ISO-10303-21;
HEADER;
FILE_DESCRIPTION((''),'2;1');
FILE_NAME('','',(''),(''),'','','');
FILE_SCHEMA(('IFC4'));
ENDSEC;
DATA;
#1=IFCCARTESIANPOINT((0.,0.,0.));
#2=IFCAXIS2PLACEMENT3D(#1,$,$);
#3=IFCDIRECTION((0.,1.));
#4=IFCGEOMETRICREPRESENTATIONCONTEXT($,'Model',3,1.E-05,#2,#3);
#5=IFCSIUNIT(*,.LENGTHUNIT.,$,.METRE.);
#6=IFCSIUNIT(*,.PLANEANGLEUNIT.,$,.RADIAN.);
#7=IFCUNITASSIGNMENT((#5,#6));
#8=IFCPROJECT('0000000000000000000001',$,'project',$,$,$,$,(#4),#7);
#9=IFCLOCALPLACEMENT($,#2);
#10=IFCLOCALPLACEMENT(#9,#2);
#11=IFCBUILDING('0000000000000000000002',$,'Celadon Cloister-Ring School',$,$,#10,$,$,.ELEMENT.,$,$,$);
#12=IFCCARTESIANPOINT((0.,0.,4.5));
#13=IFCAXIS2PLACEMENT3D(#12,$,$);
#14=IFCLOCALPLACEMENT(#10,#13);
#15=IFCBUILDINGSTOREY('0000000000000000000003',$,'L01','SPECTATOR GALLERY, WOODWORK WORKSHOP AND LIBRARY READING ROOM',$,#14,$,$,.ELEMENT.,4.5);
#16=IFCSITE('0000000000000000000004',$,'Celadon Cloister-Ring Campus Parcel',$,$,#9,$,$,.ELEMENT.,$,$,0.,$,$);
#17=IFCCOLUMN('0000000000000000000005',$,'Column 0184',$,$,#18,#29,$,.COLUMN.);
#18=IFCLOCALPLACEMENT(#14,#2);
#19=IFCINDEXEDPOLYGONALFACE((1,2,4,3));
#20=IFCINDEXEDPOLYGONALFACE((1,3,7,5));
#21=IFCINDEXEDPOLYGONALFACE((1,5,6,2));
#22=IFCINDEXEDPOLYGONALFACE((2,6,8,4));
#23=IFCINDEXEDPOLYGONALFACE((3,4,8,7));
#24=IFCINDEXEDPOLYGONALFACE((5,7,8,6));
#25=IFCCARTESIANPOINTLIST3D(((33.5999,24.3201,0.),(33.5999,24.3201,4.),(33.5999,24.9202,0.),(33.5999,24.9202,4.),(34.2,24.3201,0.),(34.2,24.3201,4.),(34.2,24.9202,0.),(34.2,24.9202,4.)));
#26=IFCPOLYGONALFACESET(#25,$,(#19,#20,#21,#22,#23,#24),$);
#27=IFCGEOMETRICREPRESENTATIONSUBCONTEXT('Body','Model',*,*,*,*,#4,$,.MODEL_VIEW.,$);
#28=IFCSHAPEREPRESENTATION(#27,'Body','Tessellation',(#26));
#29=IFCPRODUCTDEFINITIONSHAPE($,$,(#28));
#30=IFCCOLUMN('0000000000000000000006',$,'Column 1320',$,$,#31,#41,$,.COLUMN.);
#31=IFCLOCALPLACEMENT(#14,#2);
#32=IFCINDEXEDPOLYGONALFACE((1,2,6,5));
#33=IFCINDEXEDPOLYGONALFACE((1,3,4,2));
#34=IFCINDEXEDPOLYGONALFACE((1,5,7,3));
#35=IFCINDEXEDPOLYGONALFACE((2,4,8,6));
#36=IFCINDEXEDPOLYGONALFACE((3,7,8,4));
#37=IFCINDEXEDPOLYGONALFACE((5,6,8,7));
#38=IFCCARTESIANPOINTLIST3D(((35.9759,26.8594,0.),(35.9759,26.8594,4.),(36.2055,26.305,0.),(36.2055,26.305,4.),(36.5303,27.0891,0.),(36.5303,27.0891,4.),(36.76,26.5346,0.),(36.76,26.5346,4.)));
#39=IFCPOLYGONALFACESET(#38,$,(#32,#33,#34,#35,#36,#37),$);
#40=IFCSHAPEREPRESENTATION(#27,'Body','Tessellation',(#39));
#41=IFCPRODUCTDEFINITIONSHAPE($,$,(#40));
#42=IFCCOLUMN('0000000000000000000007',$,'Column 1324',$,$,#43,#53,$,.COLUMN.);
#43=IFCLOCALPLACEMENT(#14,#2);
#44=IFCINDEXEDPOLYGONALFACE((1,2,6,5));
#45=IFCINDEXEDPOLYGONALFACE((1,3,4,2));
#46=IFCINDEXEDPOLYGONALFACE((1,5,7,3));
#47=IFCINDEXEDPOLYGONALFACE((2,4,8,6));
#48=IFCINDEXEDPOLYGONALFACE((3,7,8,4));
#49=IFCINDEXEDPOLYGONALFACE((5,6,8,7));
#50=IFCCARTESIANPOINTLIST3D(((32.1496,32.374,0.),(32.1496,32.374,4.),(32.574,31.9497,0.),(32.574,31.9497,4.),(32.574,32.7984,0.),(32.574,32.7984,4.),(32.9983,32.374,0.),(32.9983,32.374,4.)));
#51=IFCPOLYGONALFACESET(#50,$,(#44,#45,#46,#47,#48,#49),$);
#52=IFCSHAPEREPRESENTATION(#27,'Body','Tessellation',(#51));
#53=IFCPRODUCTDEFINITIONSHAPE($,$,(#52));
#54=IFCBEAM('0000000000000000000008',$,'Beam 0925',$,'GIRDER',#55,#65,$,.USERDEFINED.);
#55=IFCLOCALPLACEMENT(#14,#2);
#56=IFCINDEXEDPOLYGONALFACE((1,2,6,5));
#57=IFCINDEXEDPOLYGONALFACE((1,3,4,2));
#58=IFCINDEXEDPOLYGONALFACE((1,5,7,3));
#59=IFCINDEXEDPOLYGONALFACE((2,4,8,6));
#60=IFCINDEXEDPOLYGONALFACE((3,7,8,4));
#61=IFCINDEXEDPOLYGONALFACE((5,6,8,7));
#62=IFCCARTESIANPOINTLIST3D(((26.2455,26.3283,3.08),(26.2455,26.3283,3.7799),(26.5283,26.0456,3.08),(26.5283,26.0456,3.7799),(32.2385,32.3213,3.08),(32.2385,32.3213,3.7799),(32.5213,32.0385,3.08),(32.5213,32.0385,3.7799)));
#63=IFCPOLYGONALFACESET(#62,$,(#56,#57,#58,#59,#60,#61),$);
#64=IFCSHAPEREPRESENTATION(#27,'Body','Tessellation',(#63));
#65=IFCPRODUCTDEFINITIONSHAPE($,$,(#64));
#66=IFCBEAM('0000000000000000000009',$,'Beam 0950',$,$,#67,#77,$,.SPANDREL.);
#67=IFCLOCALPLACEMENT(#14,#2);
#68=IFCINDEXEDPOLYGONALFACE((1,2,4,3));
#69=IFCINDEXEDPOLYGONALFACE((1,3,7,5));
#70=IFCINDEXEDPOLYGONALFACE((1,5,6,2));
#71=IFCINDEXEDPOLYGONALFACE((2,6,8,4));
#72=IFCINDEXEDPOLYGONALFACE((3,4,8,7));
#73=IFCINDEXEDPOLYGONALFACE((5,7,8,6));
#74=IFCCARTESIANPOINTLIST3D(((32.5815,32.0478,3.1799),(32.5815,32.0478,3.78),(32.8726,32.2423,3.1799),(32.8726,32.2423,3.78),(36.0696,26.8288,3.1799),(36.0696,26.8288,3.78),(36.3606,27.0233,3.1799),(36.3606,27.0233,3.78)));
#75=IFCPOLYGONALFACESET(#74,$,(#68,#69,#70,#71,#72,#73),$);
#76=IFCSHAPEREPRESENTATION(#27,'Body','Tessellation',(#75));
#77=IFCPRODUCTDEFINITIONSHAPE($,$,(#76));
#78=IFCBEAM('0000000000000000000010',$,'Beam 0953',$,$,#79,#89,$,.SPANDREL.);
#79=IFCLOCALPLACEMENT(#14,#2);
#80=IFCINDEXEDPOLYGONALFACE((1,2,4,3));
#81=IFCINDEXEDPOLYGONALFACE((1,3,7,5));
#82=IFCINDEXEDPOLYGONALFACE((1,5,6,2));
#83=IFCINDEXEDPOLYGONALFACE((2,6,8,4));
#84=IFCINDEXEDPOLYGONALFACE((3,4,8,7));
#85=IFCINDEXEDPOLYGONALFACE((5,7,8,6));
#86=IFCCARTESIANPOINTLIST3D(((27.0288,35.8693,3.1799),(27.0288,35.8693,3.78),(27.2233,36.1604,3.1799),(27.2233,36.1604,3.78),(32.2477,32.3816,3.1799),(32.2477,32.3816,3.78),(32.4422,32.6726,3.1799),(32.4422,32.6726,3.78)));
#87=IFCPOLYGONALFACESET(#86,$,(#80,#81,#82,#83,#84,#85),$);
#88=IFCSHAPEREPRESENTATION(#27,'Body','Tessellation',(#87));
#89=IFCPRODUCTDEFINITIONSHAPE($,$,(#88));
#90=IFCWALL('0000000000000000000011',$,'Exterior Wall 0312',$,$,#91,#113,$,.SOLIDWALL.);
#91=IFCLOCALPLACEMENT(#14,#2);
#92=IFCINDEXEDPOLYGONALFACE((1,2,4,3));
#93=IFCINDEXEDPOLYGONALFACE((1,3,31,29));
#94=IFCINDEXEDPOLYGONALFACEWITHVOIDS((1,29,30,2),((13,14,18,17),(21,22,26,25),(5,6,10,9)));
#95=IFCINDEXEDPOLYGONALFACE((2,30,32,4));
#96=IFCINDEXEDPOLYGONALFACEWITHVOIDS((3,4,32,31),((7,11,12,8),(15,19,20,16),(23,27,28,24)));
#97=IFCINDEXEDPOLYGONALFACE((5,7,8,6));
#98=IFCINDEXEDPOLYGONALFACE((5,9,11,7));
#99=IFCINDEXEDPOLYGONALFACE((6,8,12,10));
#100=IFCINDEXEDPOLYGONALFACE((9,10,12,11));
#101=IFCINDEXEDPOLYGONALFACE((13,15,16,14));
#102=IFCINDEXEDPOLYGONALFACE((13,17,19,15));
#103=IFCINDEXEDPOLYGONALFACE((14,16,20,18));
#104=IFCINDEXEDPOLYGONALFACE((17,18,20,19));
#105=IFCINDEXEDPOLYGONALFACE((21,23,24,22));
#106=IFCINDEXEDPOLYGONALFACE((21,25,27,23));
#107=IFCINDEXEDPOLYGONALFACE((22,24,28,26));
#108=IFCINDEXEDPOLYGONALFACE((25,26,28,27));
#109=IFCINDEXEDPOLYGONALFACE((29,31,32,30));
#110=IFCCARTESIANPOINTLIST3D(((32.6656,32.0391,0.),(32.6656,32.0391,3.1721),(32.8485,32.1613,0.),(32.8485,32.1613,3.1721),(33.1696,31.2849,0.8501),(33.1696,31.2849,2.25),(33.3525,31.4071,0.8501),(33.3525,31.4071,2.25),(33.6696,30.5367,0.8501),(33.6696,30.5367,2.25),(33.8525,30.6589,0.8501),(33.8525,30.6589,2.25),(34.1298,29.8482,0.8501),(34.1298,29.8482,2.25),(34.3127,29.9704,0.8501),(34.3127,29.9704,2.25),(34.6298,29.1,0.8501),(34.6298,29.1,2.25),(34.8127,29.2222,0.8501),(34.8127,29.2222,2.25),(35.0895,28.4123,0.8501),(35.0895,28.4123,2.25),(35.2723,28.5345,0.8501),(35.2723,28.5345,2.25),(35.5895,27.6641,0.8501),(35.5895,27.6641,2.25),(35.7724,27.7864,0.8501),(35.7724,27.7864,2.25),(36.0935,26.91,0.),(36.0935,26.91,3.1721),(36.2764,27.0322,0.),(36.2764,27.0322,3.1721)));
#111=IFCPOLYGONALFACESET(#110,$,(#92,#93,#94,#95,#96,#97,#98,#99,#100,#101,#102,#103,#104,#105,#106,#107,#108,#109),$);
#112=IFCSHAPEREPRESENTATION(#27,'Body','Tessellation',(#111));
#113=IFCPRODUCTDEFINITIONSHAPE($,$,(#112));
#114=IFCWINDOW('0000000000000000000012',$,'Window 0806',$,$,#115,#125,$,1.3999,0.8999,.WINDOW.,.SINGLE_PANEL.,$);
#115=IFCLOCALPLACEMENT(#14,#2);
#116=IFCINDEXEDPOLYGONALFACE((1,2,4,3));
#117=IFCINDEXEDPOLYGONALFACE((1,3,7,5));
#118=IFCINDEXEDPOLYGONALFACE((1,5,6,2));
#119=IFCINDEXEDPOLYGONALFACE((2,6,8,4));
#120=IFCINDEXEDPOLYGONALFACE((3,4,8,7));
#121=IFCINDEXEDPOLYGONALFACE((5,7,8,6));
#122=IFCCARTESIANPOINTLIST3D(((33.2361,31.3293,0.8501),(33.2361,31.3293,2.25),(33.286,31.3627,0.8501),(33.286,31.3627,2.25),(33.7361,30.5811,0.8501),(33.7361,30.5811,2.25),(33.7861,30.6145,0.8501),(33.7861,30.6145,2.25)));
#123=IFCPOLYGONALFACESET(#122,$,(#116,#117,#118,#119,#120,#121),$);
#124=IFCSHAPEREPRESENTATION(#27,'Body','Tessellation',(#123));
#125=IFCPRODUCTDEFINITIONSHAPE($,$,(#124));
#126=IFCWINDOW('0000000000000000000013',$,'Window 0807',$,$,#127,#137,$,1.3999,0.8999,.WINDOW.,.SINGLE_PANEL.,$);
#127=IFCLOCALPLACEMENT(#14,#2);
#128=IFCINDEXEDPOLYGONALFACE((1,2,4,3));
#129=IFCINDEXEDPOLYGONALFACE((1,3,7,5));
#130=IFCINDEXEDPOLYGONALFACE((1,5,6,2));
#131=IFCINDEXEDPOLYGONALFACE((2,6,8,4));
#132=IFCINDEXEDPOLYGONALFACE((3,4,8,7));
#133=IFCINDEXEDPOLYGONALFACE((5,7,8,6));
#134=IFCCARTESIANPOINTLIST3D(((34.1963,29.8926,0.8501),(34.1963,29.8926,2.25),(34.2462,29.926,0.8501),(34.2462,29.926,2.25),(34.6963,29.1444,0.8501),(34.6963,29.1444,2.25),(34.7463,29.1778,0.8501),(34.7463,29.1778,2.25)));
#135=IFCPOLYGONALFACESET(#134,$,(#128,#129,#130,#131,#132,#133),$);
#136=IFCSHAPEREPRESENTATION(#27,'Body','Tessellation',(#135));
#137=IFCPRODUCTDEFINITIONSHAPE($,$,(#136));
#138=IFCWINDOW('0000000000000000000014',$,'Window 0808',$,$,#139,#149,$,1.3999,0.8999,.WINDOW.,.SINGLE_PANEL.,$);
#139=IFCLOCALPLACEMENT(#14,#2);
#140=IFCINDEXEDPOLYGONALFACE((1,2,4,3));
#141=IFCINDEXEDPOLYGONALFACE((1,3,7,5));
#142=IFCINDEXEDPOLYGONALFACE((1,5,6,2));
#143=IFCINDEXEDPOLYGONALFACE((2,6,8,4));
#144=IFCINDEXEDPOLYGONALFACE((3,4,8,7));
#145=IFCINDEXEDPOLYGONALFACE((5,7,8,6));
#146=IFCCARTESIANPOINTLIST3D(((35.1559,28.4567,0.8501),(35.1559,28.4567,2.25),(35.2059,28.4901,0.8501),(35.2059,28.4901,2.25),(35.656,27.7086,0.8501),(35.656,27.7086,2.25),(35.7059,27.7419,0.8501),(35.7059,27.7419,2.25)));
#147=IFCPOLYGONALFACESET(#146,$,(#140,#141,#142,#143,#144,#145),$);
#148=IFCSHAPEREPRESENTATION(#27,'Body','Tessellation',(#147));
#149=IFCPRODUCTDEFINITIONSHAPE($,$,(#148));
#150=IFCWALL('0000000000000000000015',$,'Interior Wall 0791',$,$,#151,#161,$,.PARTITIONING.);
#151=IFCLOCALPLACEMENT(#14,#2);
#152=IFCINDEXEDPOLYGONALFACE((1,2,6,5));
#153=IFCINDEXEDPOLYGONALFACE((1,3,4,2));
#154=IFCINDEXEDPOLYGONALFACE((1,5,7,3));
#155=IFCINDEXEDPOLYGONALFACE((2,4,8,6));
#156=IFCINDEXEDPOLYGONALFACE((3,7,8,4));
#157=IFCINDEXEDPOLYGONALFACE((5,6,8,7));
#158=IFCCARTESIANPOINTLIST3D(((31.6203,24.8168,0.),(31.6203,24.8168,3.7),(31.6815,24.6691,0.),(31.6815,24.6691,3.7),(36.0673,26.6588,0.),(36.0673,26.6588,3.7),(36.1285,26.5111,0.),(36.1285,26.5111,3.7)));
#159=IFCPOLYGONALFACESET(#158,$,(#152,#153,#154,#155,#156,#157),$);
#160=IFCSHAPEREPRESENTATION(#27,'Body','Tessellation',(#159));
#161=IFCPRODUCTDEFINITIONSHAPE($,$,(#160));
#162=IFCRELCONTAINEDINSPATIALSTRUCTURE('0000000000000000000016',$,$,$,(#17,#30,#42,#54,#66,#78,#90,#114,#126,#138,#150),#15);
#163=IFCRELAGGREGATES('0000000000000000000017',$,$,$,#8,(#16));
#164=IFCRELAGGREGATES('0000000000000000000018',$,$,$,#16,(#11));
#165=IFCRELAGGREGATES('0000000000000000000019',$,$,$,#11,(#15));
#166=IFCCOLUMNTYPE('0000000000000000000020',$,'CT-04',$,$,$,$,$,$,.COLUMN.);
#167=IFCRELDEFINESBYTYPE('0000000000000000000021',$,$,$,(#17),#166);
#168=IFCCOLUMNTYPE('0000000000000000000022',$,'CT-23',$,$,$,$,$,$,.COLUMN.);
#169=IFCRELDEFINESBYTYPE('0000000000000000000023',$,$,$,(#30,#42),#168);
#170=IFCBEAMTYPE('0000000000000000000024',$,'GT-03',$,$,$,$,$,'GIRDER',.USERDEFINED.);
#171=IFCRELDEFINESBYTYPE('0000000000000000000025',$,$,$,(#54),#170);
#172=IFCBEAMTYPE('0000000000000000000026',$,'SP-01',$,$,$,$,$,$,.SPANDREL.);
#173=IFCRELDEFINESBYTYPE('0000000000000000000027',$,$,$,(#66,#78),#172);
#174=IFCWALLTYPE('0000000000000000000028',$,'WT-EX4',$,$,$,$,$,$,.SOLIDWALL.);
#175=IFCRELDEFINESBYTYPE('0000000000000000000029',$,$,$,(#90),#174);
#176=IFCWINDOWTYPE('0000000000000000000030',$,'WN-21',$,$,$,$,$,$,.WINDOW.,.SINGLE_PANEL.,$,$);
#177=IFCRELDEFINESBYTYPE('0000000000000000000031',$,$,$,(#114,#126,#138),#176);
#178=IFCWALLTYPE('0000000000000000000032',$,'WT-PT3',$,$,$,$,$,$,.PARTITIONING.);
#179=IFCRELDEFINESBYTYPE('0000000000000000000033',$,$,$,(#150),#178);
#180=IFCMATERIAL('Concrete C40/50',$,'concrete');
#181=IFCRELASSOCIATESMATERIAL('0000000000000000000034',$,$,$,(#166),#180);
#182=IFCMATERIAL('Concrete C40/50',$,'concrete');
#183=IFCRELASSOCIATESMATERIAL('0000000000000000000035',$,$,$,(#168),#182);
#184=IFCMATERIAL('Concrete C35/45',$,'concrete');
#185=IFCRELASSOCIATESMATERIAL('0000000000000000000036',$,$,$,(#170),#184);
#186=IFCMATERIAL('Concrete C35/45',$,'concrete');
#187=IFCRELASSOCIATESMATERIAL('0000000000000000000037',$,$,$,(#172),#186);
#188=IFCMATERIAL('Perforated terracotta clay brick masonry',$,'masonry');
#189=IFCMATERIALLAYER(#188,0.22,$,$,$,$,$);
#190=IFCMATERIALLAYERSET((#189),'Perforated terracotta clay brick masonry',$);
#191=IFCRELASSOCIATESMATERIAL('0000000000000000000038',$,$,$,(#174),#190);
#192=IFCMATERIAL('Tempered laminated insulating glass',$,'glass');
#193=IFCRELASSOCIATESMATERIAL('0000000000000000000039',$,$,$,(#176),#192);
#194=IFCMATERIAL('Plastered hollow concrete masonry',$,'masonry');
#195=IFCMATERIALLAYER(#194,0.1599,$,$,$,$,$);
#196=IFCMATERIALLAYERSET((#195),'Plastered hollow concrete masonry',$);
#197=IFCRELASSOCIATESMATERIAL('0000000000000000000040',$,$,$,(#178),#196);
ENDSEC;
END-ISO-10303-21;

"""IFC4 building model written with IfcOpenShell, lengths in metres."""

from ifc_helpers import new_model, si_unit, direction, frame, frame_2d, origin, origin_2d, place, context, subcontext, project, spatial, rectangle, extrude, material, layer, layer_set, material_profile, profile_set, type_object, element, fill, save


model = new_model("IFC4")

# Units and contexts
model_context = context("Model", 3, precision=1e-05, world=origin(), true_north=direction((0.0, 1.0)))
body_context = subcontext(model_context, "Body", "Model", "MODEL_VIEW")
ifc_project = project(units=[si_unit("LENGTHUNIT", "METRE"), si_unit("PLANEANGLEUNIT", "RADIAN")], contexts=[model_context])

# Site, building, storey
site_placement = place(None, origin())
site = spatial("IfcSite", under=ifc_project, at=site_placement, Name="Celadon Cloister-Ring Campus Parcel", CompositionType="ELEMENT", RefElevation=0.0)
building_placement = place(site_placement, origin())
building = spatial("IfcBuilding", under=site, at=building_placement, Name="Celadon Cloister-Ring School", CompositionType="ELEMENT")
storey_placement = place(building_placement, frame((0.0, 0.0, 4.5)))
storey = spatial("IfcBuildingStorey", under=building, at=storey_placement, Name="L01", Description="SPECTATOR GALLERY, WOODWORK WORKSHOP AND LIBRARY READING ROOM", CompositionType="ELEMENT", Elevation=4.5)

# Columns
ifc_material_1 = material(Name="Concrete C40/50", Category="concrete")
ifc_material_profile_1 = material_profile(ifc_material_1, rectangle(XDim=0.6001, YDim=0.6001, at=origin_2d()), Name="RC600X600")
ifc_profile_set_1 = profile_set([ifc_material_profile_1], Name="Concrete C40/50")
column_type_1 = type_object("IfcColumnType", Name="CT-04", PredefinedType="COLUMN", material=ifc_profile_set_1)
column_placement = place(storey_placement, frame((33.8999, 24.6201, 0.0), z_axis=(0.0, 0.0, 1.0), x_axis=(1.0, 0.0, 0.0)))
element("IfcColumn", 1, at=column_placement, inside=storey, type_object=column_type_1, Name="Column 0184", PredefinedType="COLUMN", context=body_context, shape_type="SweptSolid", body=[
    extrude(rectangle(XDim=0.6001, YDim=0.6001, at=origin_2d()), origin(), (0.0, 0.0, 1.0), 4.0),
])
ifc_material_2 = material(Name="Concrete C40/50", Category="concrete")
ifc_material_profile_2 = material_profile(ifc_material_2, rectangle(XDim=0.6001, YDim=0.6001, at=origin_2d()), Name="RC600X600")
ifc_profile_set_2 = profile_set([ifc_material_profile_2], Name="Concrete C40/50")
column_type_2 = type_object("IfcColumnType", Name="CT-23", PredefinedType="COLUMN", material=ifc_profile_set_2)
for number, where, z_axis, x_axis, name in (
    (2, (36.3679, 26.697, 0.0), (0.0, 0.0, 1.0), (0.92388, 0.382683, 0.0), "Column 1320"),
    (3, (32.574, 32.374, 0.0), (0.0, 0.0, 1.0), (0.707107, 0.707107, 0.0), "Column 1324"),
):
    element("IfcColumn", number, at=place(storey_placement, frame(where, z_axis=z_axis, x_axis=x_axis)), inside=storey, type_object=column_type_2, Name=name, PredefinedType="COLUMN", context=body_context, shape_type="SweptSolid", body=[
        extrude(rectangle(XDim=0.6001, YDim=0.6001, at=origin_2d()), origin(), (0.0, 0.0, 1.0), 4.0),
    ])

# Beams
ifc_material_3 = material(Name="Concrete C35/45", Category="concrete")
ifc_material_profile_3 = material_profile(ifc_material_3, rectangle(XDim=0.3999, YDim=0.7, at=origin_2d()), Name="RC400X700")
ifc_profile_set_3 = profile_set([ifc_material_profile_3], Name="Concrete C35/45")
beam_type_1 = type_object("IfcBeamType", Name="GT-03", ElementType="GIRDER", PredefinedType="USERDEFINED", material=ifc_profile_set_3)
beam_1_placement = place(storey_placement, frame((32.3799, 32.1799, 3.4299), z_axis=(-0.707107, -0.707107, 0.0), x_axis=(0.707107, -0.707107, 0.0)))
element("IfcBeam", 4, at=beam_1_placement, inside=storey, type_object=beam_type_1, Name="Beam 0925", ObjectType="GIRDER", PredefinedType="USERDEFINED", context=body_context, shape_type="SweptSolid", body=[
    extrude(rectangle(XDim=0.3999, YDim=0.7, at=origin_2d()), origin(), (0.0, 0.0, 1.0), 8.4753),
])
ifc_material_4 = material(Name="Concrete C35/45", Category="concrete")
ifc_material_profile_4 = material_profile(ifc_material_4, rectangle(XDim=0.3501, YDim=0.6001, at=origin_2d()), Name="RC350X600")
ifc_profile_set_4 = profile_set([ifc_material_profile_4], Name="Concrete C35/45")
beam_type_2 = type_object("IfcBeamType", Name="SP-01", PredefinedType="SPANDREL", material=ifc_profile_set_4)
beam_2_placement = place(storey_placement, frame((36.2151, 26.926, 3.48), z_axis=(-0.55566, 0.83141, 0.0), x_axis=(-0.83141, -0.55566, 0.0)))
element("IfcBeam", 5, at=beam_2_placement, inside=storey, type_object=beam_type_2, Name="Beam 0950", PredefinedType="SPANDREL", context=body_context, shape_type="SweptSolid", body=[
    extrude(rectangle(XDim=0.3501, YDim=0.6001, at=origin_2d()), origin(), (0.0, 0.0, 1.0), 6.2773),
])
beam_3_placement = place(storey_placement, frame((32.345, 32.5271, 3.48), z_axis=(-0.831427, 0.555633, 0.0), x_axis=(-0.555633, -0.831427, 0.0)))
element("IfcBeam", 6, at=beam_3_placement, inside=storey, type_object=beam_type_2, Name="Beam 0953", PredefinedType="SPANDREL", context=body_context, shape_type="SweptSolid", body=[
    extrude(rectangle(XDim=0.3501, YDim=0.6001, at=origin_2d()), origin(), (0.0, 0.0, 1.0), 6.2771),
])

# Wall, openings, windows
ifc_material_5 = material(Name="Perforated terracotta clay brick masonry", Category="masonry")
ifc_layer_1 = layer(ifc_material_5, 0.22)
ifc_layer_set_1 = layer_set([ifc_layer_1], Name="Perforated terracotta clay brick masonry")
wall_type_1 = type_object("IfcWallType", Name="WT-EX4", PredefinedType="SOLIDWALL", material=ifc_layer_set_1)
wall_1_placement = place(storey_placement, frame((32.7571, 32.1001, 0.0), z_axis=(0.0, 0.0, 1.0), x_axis=(0.555659, -0.83141, 0.0)))
wall_1 = element("IfcWall", 7, at=wall_1_placement, inside=storey, type_object=wall_type_1, Name="Exterior Wall 0312", PredefinedType="SOLIDWALL", context=body_context, shape_type="SweptSolid", body=[
    extrude(rectangle(XDim=6.1692, YDim=0.22, at=frame_2d((3.0845, 0.0))), origin(), (0.0, 0.0, 1.0), 3.1721),
])
opening_1_placement = place(wall_1_placement, frame((0.907, 0.0, 0.8501)))
opening_1 = element("IfcOpeningElement", 8, at=opening_1_placement, cuts=wall_1, PredefinedType="OPENING", context=body_context, shape_type="SweptSolid", body=[
    extrude(rectangle(XDim=0.8999, YDim=1.3999, at=frame_2d((0.45, 0.7))), frame((0.0, 0.1201, 0.0), z_axis=(0.0, -1.0, 0.0), x_axis=(1.0, 0.0, 0.0)), (0.0, 0.0, 1.0), 0.24),
])
opening_2_placement = place(wall_1_placement, frame((2.635, 0.0, 0.8501)))
opening_2 = element("IfcOpeningElement", 9, at=opening_2_placement, cuts=wall_1, PredefinedType="OPENING", context=body_context, shape_type="SweptSolid", body=[
    extrude(rectangle(XDim=0.8999, YDim=1.3999, at=frame_2d((0.45, 0.7))), frame((0.0, 0.1201, 0.0), z_axis=(0.0, -1.0, 0.0), x_axis=(1.0, 0.0, 0.0)), (0.0, 0.0, 1.0), 0.24),
])
opening_3_placement = place(wall_1_placement, frame((4.3621, 0.0, 0.8501)))
opening_3 = element("IfcOpeningElement", 10, at=opening_3_placement, cuts=wall_1, PredefinedType="OPENING", context=body_context, shape_type="SweptSolid", body=[
    extrude(rectangle(XDim=0.8999, YDim=1.3999, at=frame_2d((0.45, 0.7))), frame((0.0, 0.1201, 0.0), z_axis=(0.0, -1.0, 0.0), x_axis=(1.0, 0.0, 0.0)), (0.0, 0.0, 1.0), 0.24),
])
ifc_material_6 = material(Name="Tempered laminated insulating glass", Category="glass")
window_type = type_object("IfcWindowType", Name="WN-21", PartitioningType="SINGLE_PANEL", PredefinedType="WINDOW", material=ifc_material_6)
window_1_placement = place(opening_1_placement, origin())
window_1 = element("IfcWindow", 11, at=window_1_placement, inside=storey, type_object=window_type, Name="Window 0806", OverallHeight=1.3999, OverallWidth=0.8999, PartitioningType="SINGLE_PANEL", PredefinedType="WINDOW", context=body_context, shape_type="SweptSolid", body=[
    extrude(rectangle(XDim=0.8999, YDim=1.3999, at=frame_2d((0.45, 0.7))), frame((0.0, 0.03, 0.0), z_axis=(0.0, -1.0, 0.0), x_axis=(1.0, 0.0, 0.0)), (0.0, 0.0, 1.0), 0.0601),
])
fill(opening_1, window_1)
window_2_placement = place(opening_2_placement, origin())
window_2 = element("IfcWindow", 12, at=window_2_placement, inside=storey, type_object=window_type, Name="Window 0807", OverallHeight=1.3999, OverallWidth=0.8999, PartitioningType="SINGLE_PANEL", PredefinedType="WINDOW", context=body_context, shape_type="SweptSolid", body=[
    extrude(rectangle(XDim=0.8999, YDim=1.3999, at=frame_2d((0.45, 0.7))), frame((0.0, 0.03, 0.0), z_axis=(0.0, -1.0, 0.0), x_axis=(1.0, 0.0, 0.0)), (0.0, 0.0, 1.0), 0.0601),
])
fill(opening_2, window_2)
window_3_placement = place(opening_3_placement, origin())
window_3 = element("IfcWindow", 13, at=window_3_placement, inside=storey, type_object=window_type, Name="Window 0808", OverallHeight=1.3999, OverallWidth=0.8999, PartitioningType="SINGLE_PANEL", PredefinedType="WINDOW", context=body_context, shape_type="SweptSolid", body=[
    extrude(rectangle(XDim=0.8999, YDim=1.3999, at=frame_2d((0.45, 0.7))), frame((0.0, 0.03, 0.0), z_axis=(0.0, -1.0, 0.0), x_axis=(1.0, 0.0, 0.0)), (0.0, 0.0, 1.0), 0.0601),
])
fill(opening_3, window_3)

# Wall
ifc_material_7 = material(Name="Plastered hollow concrete masonry", Category="masonry")
ifc_layer_2 = layer(ifc_material_7, 0.1599)
ifc_layer_set_2 = layer_set([ifc_layer_2], Name="Plastered hollow concrete masonry")
wall_type_2 = type_object("IfcWallType", Name="WT-PT3", PredefinedType="PARTITIONING", material=ifc_layer_set_2)
wall_2_placement = place(storey_placement, frame((31.6509, 24.7429, 0.0), z_axis=(0.0, 0.0, 1.0), x_axis=(0.923878, 0.382688, 0.0)))
element("IfcWall", 14, at=wall_2_placement, inside=storey, type_object=wall_type_2, Name="Interior Wall 0791", PredefinedType="PARTITIONING", context=body_context, shape_type="SweptSolid", body=[
    extrude(rectangle(XDim=4.8135, YDim=0.1599, at=frame_2d((2.4067, 0.0))), origin(), (0.0, 0.0, 1.0), 3.7),
])

save(model, "model.ifc")
